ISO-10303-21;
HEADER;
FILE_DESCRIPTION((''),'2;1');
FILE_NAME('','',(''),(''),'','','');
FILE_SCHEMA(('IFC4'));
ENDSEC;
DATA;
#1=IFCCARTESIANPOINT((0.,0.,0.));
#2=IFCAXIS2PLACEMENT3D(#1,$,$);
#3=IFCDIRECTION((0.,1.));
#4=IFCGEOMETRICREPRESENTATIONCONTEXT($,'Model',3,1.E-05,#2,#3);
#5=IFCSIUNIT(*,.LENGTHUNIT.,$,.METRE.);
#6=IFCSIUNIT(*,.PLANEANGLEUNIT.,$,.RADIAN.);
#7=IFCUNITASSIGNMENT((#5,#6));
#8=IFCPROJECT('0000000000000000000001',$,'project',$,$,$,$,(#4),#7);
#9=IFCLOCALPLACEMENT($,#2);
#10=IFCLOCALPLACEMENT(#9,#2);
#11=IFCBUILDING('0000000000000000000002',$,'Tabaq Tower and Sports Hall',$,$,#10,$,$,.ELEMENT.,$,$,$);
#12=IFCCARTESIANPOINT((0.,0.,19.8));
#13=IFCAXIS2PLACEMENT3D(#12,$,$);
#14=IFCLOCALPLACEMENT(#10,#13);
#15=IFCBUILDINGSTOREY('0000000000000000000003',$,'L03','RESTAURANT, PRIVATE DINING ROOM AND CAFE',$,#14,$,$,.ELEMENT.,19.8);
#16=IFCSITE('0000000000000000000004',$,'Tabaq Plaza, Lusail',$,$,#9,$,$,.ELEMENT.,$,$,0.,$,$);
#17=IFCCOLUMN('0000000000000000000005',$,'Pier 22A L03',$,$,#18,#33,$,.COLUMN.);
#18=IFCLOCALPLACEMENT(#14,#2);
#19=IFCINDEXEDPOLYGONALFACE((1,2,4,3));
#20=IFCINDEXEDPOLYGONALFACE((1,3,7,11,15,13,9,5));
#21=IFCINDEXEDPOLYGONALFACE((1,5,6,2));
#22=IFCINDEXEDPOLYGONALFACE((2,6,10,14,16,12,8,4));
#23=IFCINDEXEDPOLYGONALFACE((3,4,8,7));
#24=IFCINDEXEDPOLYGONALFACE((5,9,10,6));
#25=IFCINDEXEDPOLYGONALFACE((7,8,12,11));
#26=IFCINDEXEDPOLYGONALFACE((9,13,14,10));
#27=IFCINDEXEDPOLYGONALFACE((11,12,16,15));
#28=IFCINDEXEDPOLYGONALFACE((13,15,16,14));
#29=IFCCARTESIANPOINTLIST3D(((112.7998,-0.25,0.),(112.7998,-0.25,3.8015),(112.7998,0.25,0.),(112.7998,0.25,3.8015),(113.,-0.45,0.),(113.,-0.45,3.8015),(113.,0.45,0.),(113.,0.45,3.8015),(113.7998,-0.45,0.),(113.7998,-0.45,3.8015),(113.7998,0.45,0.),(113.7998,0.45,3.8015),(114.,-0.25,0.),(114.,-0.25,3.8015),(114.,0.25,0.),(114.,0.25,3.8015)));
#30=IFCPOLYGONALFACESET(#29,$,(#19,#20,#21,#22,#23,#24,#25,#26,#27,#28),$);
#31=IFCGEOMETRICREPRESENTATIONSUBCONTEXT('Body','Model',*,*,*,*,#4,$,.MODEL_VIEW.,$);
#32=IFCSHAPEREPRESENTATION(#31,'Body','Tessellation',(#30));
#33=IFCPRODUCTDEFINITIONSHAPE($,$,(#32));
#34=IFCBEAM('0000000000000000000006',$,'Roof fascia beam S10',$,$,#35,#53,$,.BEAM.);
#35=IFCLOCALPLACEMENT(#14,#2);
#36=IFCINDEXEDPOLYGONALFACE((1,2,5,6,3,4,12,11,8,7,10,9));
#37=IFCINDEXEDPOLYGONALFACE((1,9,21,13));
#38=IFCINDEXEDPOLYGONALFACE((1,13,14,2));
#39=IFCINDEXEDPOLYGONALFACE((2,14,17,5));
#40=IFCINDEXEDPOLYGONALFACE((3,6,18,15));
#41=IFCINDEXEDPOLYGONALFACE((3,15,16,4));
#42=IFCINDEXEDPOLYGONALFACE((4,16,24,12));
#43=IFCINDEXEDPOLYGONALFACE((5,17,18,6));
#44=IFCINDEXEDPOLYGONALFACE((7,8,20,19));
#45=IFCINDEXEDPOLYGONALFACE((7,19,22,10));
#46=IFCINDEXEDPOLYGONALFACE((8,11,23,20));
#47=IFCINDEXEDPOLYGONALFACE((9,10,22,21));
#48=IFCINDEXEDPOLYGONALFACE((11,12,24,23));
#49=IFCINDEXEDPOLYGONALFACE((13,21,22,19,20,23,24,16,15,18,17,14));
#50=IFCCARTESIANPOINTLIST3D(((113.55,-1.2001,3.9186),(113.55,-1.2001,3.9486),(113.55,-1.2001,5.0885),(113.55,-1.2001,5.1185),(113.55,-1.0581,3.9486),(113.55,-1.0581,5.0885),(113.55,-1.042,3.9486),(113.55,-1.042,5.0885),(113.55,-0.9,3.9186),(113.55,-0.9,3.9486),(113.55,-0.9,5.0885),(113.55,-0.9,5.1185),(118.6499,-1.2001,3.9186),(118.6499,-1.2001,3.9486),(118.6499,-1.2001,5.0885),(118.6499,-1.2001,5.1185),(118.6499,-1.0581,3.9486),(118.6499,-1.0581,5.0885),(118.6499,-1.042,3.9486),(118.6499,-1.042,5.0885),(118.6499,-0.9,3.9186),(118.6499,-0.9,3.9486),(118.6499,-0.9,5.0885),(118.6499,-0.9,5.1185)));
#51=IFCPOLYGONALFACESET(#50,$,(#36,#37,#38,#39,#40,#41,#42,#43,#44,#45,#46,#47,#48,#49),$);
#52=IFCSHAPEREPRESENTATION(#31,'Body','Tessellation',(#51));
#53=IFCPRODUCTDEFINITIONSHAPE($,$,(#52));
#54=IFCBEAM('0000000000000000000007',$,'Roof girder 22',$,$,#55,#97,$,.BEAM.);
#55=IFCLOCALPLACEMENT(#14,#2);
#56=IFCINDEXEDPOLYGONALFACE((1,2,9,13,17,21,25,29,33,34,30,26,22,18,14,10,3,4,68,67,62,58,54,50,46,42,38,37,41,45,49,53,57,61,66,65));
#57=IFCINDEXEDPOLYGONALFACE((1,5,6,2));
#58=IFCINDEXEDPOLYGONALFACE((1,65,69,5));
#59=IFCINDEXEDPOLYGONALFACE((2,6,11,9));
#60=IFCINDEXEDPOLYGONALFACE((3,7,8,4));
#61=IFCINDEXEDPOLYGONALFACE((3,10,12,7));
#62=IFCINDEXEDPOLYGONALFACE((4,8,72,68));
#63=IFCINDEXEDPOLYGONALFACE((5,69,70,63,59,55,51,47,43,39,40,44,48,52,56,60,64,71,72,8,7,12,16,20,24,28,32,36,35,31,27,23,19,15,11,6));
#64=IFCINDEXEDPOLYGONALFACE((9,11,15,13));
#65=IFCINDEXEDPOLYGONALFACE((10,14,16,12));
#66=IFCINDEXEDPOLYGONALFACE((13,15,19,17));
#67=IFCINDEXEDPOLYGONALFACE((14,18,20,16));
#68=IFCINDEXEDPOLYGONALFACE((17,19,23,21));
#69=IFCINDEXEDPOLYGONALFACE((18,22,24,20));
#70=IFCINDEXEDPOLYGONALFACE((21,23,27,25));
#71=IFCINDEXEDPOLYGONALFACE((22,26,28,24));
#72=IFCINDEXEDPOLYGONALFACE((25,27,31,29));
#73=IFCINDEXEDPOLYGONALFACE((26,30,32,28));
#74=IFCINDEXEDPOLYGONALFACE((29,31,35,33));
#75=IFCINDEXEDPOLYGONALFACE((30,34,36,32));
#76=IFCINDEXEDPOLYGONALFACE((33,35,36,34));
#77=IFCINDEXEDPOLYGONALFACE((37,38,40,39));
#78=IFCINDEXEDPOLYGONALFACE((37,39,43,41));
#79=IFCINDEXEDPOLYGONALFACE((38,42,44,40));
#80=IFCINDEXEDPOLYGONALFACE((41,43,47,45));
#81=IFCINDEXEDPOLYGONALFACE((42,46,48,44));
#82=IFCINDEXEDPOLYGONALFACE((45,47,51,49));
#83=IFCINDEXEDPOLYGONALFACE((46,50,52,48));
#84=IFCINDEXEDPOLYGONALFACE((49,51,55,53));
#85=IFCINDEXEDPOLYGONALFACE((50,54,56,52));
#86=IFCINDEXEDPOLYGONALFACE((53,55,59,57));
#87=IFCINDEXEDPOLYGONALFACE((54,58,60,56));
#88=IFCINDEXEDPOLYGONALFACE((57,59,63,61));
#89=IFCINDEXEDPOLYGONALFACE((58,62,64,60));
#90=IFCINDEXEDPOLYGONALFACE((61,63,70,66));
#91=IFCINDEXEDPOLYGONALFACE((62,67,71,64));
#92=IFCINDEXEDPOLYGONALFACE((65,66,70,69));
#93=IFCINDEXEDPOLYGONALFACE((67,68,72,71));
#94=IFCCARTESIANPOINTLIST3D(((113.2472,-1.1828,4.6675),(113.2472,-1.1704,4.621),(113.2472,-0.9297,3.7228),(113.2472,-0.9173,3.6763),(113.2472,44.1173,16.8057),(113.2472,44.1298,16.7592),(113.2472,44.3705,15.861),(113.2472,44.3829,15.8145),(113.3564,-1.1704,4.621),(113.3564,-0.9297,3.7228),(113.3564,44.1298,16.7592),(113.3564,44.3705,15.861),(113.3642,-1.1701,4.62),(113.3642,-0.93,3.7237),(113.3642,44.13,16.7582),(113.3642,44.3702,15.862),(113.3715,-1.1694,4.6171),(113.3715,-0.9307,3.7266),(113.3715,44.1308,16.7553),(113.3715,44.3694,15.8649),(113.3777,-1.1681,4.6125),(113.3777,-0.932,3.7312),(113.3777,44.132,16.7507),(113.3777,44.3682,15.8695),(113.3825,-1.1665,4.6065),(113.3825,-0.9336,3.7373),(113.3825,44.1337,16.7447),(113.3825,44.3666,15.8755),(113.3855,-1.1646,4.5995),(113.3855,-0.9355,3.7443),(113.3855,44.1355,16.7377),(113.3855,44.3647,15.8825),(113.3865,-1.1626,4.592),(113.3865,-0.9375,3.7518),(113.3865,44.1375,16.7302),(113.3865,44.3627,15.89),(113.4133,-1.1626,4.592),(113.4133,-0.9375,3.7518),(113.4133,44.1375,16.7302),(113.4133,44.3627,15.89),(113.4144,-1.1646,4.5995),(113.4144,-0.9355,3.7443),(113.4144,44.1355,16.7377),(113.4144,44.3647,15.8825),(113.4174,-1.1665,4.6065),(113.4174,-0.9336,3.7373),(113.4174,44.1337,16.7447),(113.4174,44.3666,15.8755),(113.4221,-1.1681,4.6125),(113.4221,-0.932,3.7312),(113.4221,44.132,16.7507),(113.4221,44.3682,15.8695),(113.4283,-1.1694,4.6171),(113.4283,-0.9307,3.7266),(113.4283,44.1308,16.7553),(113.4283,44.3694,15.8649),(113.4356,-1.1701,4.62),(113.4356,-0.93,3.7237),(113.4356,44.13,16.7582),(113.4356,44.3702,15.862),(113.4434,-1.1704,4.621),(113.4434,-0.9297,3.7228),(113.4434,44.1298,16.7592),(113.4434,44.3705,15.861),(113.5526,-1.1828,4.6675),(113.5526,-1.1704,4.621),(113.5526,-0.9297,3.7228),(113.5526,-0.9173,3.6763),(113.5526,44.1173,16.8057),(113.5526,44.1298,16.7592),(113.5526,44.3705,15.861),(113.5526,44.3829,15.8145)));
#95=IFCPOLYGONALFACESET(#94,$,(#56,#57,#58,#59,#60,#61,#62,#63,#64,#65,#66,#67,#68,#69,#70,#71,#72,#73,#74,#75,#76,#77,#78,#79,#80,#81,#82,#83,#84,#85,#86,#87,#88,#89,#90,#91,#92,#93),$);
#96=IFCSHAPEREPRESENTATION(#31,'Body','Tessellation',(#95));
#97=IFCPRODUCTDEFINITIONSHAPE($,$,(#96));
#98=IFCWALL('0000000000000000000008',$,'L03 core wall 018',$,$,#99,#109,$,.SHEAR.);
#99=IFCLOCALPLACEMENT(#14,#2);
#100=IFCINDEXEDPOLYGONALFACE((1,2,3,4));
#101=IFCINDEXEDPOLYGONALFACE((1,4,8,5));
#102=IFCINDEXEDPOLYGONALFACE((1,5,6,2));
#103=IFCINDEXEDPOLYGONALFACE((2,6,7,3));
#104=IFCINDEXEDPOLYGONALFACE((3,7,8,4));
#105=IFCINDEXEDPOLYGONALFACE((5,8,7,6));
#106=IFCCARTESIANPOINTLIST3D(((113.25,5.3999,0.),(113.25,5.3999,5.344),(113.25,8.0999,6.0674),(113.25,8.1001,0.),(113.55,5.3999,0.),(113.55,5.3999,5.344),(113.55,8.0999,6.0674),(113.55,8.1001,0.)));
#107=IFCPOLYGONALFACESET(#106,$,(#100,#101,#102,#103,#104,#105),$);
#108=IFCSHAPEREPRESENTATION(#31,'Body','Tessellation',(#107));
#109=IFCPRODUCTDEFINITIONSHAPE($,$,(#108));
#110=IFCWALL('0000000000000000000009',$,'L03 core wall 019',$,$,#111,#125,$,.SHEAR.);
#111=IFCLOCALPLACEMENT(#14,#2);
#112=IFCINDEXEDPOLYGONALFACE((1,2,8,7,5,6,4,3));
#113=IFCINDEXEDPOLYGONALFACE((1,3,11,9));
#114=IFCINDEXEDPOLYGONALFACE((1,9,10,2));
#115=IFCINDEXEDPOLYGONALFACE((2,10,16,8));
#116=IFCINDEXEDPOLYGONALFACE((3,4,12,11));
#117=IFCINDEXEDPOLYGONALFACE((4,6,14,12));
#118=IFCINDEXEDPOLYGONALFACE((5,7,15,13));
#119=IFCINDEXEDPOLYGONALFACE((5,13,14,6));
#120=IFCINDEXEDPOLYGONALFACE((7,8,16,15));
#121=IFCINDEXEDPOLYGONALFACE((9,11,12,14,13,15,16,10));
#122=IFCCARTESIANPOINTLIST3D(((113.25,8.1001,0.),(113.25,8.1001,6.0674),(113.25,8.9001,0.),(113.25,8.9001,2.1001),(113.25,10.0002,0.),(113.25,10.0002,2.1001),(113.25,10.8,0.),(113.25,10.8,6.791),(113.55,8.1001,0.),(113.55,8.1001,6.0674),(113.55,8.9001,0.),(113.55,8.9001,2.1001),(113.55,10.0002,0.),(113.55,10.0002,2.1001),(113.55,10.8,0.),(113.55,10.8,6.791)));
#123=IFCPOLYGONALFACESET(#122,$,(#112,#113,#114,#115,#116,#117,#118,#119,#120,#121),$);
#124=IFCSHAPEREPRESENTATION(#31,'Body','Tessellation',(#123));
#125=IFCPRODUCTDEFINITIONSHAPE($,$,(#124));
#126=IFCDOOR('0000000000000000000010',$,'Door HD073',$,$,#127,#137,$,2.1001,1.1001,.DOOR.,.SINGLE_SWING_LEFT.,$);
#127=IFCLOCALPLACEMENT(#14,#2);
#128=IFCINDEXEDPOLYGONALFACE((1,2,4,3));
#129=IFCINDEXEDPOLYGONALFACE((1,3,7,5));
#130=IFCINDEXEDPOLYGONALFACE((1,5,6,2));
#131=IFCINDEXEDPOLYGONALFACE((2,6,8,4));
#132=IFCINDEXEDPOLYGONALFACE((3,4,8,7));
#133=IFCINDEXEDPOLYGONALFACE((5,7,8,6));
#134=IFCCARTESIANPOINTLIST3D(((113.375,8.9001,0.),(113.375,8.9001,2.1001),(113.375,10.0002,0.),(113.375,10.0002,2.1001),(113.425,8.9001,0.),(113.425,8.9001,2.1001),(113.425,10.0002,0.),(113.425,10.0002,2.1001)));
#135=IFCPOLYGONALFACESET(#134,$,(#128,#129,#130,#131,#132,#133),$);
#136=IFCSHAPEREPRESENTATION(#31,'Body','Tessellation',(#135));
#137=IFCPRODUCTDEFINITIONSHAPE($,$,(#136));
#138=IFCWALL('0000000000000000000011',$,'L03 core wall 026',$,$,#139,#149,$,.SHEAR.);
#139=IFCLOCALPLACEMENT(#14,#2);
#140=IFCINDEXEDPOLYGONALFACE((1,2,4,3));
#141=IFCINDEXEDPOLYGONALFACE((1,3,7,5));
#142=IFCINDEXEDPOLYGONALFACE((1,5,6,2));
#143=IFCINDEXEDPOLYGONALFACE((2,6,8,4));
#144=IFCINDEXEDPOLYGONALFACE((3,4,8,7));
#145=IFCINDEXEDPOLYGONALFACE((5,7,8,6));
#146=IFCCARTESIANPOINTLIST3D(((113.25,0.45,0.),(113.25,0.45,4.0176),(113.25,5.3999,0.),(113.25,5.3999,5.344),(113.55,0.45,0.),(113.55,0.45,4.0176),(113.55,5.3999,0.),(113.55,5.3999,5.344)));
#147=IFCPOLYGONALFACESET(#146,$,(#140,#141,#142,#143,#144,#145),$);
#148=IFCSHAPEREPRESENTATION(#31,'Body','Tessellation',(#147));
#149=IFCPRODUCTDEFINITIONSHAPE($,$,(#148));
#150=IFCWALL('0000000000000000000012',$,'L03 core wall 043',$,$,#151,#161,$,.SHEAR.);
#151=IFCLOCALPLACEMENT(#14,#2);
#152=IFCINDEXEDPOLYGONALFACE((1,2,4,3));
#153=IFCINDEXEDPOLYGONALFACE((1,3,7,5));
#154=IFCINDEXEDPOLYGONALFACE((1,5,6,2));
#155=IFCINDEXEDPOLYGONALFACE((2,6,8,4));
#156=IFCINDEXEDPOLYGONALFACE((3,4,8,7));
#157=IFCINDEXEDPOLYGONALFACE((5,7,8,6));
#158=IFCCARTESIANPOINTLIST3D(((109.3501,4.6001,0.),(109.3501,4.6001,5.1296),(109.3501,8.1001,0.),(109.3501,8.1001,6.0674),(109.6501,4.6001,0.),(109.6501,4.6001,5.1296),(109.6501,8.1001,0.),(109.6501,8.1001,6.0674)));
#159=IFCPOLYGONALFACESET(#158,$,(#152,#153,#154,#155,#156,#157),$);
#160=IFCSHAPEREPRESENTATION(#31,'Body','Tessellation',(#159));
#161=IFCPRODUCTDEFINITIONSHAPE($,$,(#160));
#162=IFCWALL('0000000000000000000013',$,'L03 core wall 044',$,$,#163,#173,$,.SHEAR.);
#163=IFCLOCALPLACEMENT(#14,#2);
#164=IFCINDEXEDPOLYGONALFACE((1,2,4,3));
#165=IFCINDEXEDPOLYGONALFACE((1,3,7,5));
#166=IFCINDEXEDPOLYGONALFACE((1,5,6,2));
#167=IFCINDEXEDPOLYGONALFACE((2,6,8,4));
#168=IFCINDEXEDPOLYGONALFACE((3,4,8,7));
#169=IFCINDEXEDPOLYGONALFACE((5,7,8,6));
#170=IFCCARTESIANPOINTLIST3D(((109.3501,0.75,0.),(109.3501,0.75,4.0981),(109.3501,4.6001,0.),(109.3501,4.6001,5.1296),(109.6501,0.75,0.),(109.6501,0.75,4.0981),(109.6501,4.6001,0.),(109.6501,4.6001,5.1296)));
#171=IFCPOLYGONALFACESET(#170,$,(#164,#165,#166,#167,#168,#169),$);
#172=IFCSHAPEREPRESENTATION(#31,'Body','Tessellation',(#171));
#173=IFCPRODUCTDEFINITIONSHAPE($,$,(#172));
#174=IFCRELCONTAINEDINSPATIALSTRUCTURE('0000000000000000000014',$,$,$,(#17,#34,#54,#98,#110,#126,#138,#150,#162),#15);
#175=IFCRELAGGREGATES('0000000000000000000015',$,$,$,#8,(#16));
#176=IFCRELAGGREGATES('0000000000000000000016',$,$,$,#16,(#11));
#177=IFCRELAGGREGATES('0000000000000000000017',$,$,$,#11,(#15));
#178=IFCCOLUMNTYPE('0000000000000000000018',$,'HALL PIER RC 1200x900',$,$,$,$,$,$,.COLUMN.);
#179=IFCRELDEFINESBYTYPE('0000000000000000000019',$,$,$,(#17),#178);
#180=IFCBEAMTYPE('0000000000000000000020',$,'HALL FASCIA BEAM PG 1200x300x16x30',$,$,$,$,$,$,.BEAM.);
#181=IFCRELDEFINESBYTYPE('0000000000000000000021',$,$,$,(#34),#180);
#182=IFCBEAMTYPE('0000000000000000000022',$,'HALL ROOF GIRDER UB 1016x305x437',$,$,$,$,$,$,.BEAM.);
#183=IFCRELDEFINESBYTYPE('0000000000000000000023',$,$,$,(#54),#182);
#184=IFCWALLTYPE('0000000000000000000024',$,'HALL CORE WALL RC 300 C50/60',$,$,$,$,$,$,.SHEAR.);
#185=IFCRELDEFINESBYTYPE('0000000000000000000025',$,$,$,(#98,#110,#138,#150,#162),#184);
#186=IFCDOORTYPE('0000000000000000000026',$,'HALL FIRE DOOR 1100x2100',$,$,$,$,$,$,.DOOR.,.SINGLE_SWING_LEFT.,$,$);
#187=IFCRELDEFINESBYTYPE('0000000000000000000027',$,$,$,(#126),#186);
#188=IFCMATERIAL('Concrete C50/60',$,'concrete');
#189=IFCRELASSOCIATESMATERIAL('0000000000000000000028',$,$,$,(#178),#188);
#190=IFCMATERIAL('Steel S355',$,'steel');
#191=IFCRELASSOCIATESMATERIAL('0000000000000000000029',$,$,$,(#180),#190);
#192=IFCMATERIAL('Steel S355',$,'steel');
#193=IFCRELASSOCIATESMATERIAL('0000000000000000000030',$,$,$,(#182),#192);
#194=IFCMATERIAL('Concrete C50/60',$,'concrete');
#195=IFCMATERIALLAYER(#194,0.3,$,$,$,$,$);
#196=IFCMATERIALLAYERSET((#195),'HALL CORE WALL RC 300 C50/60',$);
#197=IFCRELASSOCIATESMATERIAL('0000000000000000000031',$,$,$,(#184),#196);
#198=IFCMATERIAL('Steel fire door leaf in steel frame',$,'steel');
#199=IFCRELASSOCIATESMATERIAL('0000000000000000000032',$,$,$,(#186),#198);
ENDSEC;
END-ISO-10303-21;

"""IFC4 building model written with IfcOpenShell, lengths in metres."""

from ifc_helpers import new_model, si_unit, direction, frame, frame_2d, origin, origin_2d, place, context, subcontext, project, spatial, polyline, rectangle, i_section, outline, extrude, material, layer, layer_set, material_profile, profile_set, type_object, element, fill, save


model = new_model("IFC4")

# Units and contexts
model_context = context("Model", 3, precision=1e-05, world=origin(), true_north=direction((0.0, 1.0)))
body_context = subcontext(model_context, "Body", "Model", "MODEL_VIEW")
ifc_project = project(units=[si_unit("LENGTHUNIT", "METRE"), si_unit("PLANEANGLEUNIT", "RADIAN")], contexts=[model_context])

# Site, building, storey
site_placement = place(None, origin())
site = spatial("IfcSite", under=ifc_project, at=site_placement, Name="Tabaq Plaza, Lusail", CompositionType="ELEMENT", RefElevation=0.0)
building_placement = place(site_placement, origin())
building = spatial("IfcBuilding", under=site, at=building_placement, Name="Tabaq Tower and Sports Hall", CompositionType="ELEMENT")
storey_placement = place(building_placement, frame((0.0, 0.0, 19.8)))
storey = spatial("IfcBuildingStorey", under=building, at=storey_placement, Name="L03", Description="RESTAURANT, PRIVATE DINING ROOM AND CAFE", CompositionType="ELEMENT", Elevation=19.8)

# Column
ifc_material_1 = material(Name="Concrete C50/60", Category="concrete")
ifc_material_profile_1 = material_profile(ifc_material_1, outline(polyline([(-0.3999, -0.45), (0.3999, -0.45), (0.6001, -0.25), (0.6001, 0.25), (0.3999, 0.45), (-0.3999, 0.45), (-0.6001, 0.25), (-0.6001, -0.25), (-0.3999, -0.45)])), Name="PIER 1200x900")
ifc_profile_set_1 = profile_set([ifc_material_profile_1], Name="Concrete C50/60")
column_type = type_object("IfcColumnType", Name="HALL PIER RC 1200x900", PredefinedType="COLUMN", material=ifc_profile_set_1)
column_placement = place(storey_placement, frame((113.3999, 0.0, 0.0), z_axis=(0.0, 0.0, 1.0), x_axis=(1.0, 0.0, 0.0)))
element("IfcColumn", 1, at=column_placement, inside=storey, type_object=column_type, Name="Pier 22A L03", PredefinedType="COLUMN", context=body_context, shape_type="SweptSolid", body=[
    extrude(outline(polyline([(-0.3999, -0.45), (0.3999, -0.45), (0.6001, -0.25), (0.6001, 0.25), (0.3999, 0.45), (-0.3999, 0.45), (-0.6001, 0.25), (-0.6001, -0.25), (-0.3999, -0.45)])), origin(), (0.0, 0.0, 1.0), 3.8015),
])

# Beams
ifc_material_2 = material(Name="Steel S355", Category="steel")
ifc_material_profile_2 = material_profile(ifc_material_2, i_section(OverallWidth=0.3, OverallDepth=1.2, WebThickness=0.0161, FlangeThickness=0.03, at=origin_2d()), Name="PG 1200x300x16x30")
ifc_profile_set_2 = profile_set([ifc_material_profile_2], Name="Steel S355")
beam_type_1 = type_object("IfcBeamType", Name="HALL FASCIA BEAM PG 1200x300x16x30", PredefinedType="BEAM", material=ifc_profile_set_2)
beam_1_placement = place(storey_placement, frame((113.55, -1.05, 4.5186), z_axis=(1.0, 0.0, 0.0), x_axis=(0.0, 1.0, 0.0)))
element("IfcBeam", 2, at=beam_1_placement, inside=storey, type_object=beam_type_1, Name="Roof fascia beam S10", PredefinedType="BEAM", context=body_context, shape_type="SweptSolid", body=[
    extrude(i_section(OverallWidth=0.3, OverallDepth=1.2, WebThickness=0.0161, FlangeThickness=0.03, at=origin_2d()), origin(), (0.0, 0.0, 1.0), 5.0999),
])
ifc_material_3 = material(Name="Steel S355", Category="steel")
ifc_material_profile_3 = material_profile(ifc_material_3, i_section(OverallWidth=0.3054, OverallDepth=1.0261, WebThickness=0.0269, FlangeThickness=0.0481, FilletRadius=0.03, at=origin_2d()), Name="UB 1016x305x437")
ifc_profile_set_3 = profile_set([ifc_material_profile_3], Name="Steel S355")
beam_type_2 = type_object("IfcBeamType", Name="HALL ROOF GIRDER UB 1016x305x437", PredefinedType="BEAM", material=ifc_profile_set_3)
beam_2_placement = place(storey_placement, frame((113.3999, -1.05, 4.1719), z_axis=(0.0, 0.965925, 0.25882), x_axis=(-1.0, 0.0, 0.0)))
element("IfcBeam", 3, at=beam_2_placement, inside=storey, type_object=beam_type_2, Name="Roof girder 22", PredefinedType="BEAM", context=body_context, shape_type="SweptSolid", body=[
    extrude(i_section(OverallWidth=0.3054, OverallDepth=1.0261, WebThickness=0.0269, FlangeThickness=0.0481, FilletRadius=0.03, at=origin_2d()), origin(), (0.0, 0.0, 1.0), 46.8982),
])

# Wall
ifc_material_4 = material(Name="Concrete C50/60", Category="concrete")
ifc_layer_1 = layer(ifc_material_4, 0.3)
ifc_layer_set_1 = layer_set([ifc_layer_1], Name="HALL CORE WALL RC 300 C50/60")
wall_type_1 = type_object("IfcWallType", Name="HALL CORE WALL RC 300 C50/60", PredefinedType="SHEAR", material=ifc_layer_set_1)
wall_1_placement = place(storey_placement, frame((113.3999, 5.3999, 0.0), z_axis=(0.0, 0.0, 1.0), x_axis=(0.0, 1.0, 0.0)))
element("IfcWall", 4, at=wall_1_placement, inside=storey, type_object=wall_type_1, Name="L03 core wall 018", PredefinedType="SHEAR", context=body_context, shape_type="SweptSolid", body=[
    extrude(outline(polyline([(0.0, 0.0), (2.7002, 0.0), (2.7, 6.0674), (0.0, 5.344), (0.0, 0.0)])), frame((0.0, 0.1499, 0.0), z_axis=(0.0, -1.0, 0.0), x_axis=(1.0, 0.0, 0.0)), (0.0, 0.0, 1.0), 0.3),
])

# Wall, opening, door
wall_2_placement = place(storey_placement, frame((113.3999, 8.1001, 0.0), z_axis=(0.0, 0.0, 1.0), x_axis=(0.0, 1.0, 0.0)))
wall_2 = element("IfcWall", 5, at=wall_2_placement, inside=storey, type_object=wall_type_1, Name="L03 core wall 019", PredefinedType="SHEAR", context=body_context, shape_type="SweptSolid", body=[
    extrude(outline(polyline([(0.0, 0.0), (2.7, 0.0), (2.7, 6.791), (0.0, 6.0674), (0.0, 0.0)])), frame((0.0, 0.1499, 0.0), z_axis=(0.0, -1.0, 0.0), x_axis=(1.0, 0.0, 0.0)), (0.0, 0.0, 1.0), 0.3),
])
opening_1_placement = place(wall_2_placement, frame((0.8, 0.0, 0.0)))
opening_1 = element("IfcOpeningElement", 6, at=opening_1_placement, cuts=wall_2, PredefinedType="OPENING", context=body_context, shape_type="SweptSolid", body=[
    extrude(rectangle(XDim=1.1001, YDim=2.1001, at=frame_2d((0.55, 1.05))), frame((0.0, 0.1499, 0.0), z_axis=(0.0, -1.0, 0.0), x_axis=(1.0, 0.0, 0.0)), (0.0, 0.0, 1.0), 0.3),
])
ifc_material_5 = material(Name="Steel fire door leaf in steel frame", Category="steel")
door_type_1 = type_object("IfcDoorType", Name="HALL FIRE DOOR 1100x2100", OperationType="SINGLE_SWING_LEFT", PredefinedType="DOOR", material=ifc_material_5)
door_1_placement = place(opening_1_placement, origin())
door_1 = element("IfcDoor", 7, at=door_1_placement, inside=storey, type_object=door_type_1, Name="Door HD073", OperationType="SINGLE_SWING_LEFT", OverallHeight=2.1001, OverallWidth=1.1001, PredefinedType="DOOR", context=body_context, shape_type="SweptSolid", body=[
    extrude(rectangle(XDim=1.1001, YDim=2.1001, at=frame_2d((0.55, 1.05))), frame((0.0, 0.0249, 0.0), z_axis=(0.0, -1.0, 0.0), x_axis=(1.0, 0.0, 0.0)), (0.0, 0.0, 1.0), 0.05),
])
fill(opening_1, door_1)

# Walls
wall_3_placement = place(storey_placement, frame((113.3999, 0.45, 0.0), z_axis=(0.0, 0.0, 1.0), x_axis=(0.0, 1.0, 0.0)))
element("IfcWall", 8, at=wall_3_placement, inside=storey, type_object=wall_type_1, Name="L03 core wall 026", PredefinedType="SHEAR", context=body_context, shape_type="SweptSolid", body=[
    extrude(outline(polyline([(0.0, 0.0), (4.95, 0.0), (4.95, 5.344), (0.0, 4.0176), (0.0, 0.0)])), frame((0.0, 0.1499, 0.0), z_axis=(0.0, -1.0, 0.0), x_axis=(1.0, 0.0, 0.0)), (0.0, 0.0, 1.0), 0.3),
])
wall_4_placement = place(storey_placement, frame((109.5, 4.6001, 0.0), z_axis=(0.0, 0.0, 1.0), x_axis=(0.0, 1.0, 0.0)))
element("IfcWall", 9, at=wall_4_placement, inside=storey, type_object=wall_type_1, Name="L03 core wall 043", PredefinedType="SHEAR", context=body_context, shape_type="SweptSolid", body=[
    extrude(outline(polyline([(0.0, 0.0), (3.5, 0.0), (3.5, 6.0674), (0.0, 5.1296), (0.0, 0.0)])), frame((0.0, 0.1499, 0.0), z_axis=(0.0, -1.0, 0.0), x_axis=(1.0, 0.0, 0.0)), (0.0, 0.0, 1.0), 0.3),
])
wall_5_placement = place(storey_placement, frame((109.5, 0.75, 0.0), z_axis=(0.0, 0.0, 1.0), x_axis=(0.0, 1.0, 0.0)))
element("IfcWall", 10, at=wall_5_placement, inside=storey, type_object=wall_type_1, Name="L03 core wall 044", PredefinedType="SHEAR", context=body_context, shape_type="SweptSolid", body=[
    extrude(outline(polyline([(0.0, 0.0), (3.8501, 0.0), (3.8501, 5.1296), (0.0, 4.0981), (0.0, 0.0)])), frame((0.0, 0.1499, 0.0), z_axis=(0.0, -1.0, 0.0), x_axis=(1.0, 0.0, 0.0)), (0.0, 0.0, 1.0), 0.3),
])

save(model, "model.ifc")
